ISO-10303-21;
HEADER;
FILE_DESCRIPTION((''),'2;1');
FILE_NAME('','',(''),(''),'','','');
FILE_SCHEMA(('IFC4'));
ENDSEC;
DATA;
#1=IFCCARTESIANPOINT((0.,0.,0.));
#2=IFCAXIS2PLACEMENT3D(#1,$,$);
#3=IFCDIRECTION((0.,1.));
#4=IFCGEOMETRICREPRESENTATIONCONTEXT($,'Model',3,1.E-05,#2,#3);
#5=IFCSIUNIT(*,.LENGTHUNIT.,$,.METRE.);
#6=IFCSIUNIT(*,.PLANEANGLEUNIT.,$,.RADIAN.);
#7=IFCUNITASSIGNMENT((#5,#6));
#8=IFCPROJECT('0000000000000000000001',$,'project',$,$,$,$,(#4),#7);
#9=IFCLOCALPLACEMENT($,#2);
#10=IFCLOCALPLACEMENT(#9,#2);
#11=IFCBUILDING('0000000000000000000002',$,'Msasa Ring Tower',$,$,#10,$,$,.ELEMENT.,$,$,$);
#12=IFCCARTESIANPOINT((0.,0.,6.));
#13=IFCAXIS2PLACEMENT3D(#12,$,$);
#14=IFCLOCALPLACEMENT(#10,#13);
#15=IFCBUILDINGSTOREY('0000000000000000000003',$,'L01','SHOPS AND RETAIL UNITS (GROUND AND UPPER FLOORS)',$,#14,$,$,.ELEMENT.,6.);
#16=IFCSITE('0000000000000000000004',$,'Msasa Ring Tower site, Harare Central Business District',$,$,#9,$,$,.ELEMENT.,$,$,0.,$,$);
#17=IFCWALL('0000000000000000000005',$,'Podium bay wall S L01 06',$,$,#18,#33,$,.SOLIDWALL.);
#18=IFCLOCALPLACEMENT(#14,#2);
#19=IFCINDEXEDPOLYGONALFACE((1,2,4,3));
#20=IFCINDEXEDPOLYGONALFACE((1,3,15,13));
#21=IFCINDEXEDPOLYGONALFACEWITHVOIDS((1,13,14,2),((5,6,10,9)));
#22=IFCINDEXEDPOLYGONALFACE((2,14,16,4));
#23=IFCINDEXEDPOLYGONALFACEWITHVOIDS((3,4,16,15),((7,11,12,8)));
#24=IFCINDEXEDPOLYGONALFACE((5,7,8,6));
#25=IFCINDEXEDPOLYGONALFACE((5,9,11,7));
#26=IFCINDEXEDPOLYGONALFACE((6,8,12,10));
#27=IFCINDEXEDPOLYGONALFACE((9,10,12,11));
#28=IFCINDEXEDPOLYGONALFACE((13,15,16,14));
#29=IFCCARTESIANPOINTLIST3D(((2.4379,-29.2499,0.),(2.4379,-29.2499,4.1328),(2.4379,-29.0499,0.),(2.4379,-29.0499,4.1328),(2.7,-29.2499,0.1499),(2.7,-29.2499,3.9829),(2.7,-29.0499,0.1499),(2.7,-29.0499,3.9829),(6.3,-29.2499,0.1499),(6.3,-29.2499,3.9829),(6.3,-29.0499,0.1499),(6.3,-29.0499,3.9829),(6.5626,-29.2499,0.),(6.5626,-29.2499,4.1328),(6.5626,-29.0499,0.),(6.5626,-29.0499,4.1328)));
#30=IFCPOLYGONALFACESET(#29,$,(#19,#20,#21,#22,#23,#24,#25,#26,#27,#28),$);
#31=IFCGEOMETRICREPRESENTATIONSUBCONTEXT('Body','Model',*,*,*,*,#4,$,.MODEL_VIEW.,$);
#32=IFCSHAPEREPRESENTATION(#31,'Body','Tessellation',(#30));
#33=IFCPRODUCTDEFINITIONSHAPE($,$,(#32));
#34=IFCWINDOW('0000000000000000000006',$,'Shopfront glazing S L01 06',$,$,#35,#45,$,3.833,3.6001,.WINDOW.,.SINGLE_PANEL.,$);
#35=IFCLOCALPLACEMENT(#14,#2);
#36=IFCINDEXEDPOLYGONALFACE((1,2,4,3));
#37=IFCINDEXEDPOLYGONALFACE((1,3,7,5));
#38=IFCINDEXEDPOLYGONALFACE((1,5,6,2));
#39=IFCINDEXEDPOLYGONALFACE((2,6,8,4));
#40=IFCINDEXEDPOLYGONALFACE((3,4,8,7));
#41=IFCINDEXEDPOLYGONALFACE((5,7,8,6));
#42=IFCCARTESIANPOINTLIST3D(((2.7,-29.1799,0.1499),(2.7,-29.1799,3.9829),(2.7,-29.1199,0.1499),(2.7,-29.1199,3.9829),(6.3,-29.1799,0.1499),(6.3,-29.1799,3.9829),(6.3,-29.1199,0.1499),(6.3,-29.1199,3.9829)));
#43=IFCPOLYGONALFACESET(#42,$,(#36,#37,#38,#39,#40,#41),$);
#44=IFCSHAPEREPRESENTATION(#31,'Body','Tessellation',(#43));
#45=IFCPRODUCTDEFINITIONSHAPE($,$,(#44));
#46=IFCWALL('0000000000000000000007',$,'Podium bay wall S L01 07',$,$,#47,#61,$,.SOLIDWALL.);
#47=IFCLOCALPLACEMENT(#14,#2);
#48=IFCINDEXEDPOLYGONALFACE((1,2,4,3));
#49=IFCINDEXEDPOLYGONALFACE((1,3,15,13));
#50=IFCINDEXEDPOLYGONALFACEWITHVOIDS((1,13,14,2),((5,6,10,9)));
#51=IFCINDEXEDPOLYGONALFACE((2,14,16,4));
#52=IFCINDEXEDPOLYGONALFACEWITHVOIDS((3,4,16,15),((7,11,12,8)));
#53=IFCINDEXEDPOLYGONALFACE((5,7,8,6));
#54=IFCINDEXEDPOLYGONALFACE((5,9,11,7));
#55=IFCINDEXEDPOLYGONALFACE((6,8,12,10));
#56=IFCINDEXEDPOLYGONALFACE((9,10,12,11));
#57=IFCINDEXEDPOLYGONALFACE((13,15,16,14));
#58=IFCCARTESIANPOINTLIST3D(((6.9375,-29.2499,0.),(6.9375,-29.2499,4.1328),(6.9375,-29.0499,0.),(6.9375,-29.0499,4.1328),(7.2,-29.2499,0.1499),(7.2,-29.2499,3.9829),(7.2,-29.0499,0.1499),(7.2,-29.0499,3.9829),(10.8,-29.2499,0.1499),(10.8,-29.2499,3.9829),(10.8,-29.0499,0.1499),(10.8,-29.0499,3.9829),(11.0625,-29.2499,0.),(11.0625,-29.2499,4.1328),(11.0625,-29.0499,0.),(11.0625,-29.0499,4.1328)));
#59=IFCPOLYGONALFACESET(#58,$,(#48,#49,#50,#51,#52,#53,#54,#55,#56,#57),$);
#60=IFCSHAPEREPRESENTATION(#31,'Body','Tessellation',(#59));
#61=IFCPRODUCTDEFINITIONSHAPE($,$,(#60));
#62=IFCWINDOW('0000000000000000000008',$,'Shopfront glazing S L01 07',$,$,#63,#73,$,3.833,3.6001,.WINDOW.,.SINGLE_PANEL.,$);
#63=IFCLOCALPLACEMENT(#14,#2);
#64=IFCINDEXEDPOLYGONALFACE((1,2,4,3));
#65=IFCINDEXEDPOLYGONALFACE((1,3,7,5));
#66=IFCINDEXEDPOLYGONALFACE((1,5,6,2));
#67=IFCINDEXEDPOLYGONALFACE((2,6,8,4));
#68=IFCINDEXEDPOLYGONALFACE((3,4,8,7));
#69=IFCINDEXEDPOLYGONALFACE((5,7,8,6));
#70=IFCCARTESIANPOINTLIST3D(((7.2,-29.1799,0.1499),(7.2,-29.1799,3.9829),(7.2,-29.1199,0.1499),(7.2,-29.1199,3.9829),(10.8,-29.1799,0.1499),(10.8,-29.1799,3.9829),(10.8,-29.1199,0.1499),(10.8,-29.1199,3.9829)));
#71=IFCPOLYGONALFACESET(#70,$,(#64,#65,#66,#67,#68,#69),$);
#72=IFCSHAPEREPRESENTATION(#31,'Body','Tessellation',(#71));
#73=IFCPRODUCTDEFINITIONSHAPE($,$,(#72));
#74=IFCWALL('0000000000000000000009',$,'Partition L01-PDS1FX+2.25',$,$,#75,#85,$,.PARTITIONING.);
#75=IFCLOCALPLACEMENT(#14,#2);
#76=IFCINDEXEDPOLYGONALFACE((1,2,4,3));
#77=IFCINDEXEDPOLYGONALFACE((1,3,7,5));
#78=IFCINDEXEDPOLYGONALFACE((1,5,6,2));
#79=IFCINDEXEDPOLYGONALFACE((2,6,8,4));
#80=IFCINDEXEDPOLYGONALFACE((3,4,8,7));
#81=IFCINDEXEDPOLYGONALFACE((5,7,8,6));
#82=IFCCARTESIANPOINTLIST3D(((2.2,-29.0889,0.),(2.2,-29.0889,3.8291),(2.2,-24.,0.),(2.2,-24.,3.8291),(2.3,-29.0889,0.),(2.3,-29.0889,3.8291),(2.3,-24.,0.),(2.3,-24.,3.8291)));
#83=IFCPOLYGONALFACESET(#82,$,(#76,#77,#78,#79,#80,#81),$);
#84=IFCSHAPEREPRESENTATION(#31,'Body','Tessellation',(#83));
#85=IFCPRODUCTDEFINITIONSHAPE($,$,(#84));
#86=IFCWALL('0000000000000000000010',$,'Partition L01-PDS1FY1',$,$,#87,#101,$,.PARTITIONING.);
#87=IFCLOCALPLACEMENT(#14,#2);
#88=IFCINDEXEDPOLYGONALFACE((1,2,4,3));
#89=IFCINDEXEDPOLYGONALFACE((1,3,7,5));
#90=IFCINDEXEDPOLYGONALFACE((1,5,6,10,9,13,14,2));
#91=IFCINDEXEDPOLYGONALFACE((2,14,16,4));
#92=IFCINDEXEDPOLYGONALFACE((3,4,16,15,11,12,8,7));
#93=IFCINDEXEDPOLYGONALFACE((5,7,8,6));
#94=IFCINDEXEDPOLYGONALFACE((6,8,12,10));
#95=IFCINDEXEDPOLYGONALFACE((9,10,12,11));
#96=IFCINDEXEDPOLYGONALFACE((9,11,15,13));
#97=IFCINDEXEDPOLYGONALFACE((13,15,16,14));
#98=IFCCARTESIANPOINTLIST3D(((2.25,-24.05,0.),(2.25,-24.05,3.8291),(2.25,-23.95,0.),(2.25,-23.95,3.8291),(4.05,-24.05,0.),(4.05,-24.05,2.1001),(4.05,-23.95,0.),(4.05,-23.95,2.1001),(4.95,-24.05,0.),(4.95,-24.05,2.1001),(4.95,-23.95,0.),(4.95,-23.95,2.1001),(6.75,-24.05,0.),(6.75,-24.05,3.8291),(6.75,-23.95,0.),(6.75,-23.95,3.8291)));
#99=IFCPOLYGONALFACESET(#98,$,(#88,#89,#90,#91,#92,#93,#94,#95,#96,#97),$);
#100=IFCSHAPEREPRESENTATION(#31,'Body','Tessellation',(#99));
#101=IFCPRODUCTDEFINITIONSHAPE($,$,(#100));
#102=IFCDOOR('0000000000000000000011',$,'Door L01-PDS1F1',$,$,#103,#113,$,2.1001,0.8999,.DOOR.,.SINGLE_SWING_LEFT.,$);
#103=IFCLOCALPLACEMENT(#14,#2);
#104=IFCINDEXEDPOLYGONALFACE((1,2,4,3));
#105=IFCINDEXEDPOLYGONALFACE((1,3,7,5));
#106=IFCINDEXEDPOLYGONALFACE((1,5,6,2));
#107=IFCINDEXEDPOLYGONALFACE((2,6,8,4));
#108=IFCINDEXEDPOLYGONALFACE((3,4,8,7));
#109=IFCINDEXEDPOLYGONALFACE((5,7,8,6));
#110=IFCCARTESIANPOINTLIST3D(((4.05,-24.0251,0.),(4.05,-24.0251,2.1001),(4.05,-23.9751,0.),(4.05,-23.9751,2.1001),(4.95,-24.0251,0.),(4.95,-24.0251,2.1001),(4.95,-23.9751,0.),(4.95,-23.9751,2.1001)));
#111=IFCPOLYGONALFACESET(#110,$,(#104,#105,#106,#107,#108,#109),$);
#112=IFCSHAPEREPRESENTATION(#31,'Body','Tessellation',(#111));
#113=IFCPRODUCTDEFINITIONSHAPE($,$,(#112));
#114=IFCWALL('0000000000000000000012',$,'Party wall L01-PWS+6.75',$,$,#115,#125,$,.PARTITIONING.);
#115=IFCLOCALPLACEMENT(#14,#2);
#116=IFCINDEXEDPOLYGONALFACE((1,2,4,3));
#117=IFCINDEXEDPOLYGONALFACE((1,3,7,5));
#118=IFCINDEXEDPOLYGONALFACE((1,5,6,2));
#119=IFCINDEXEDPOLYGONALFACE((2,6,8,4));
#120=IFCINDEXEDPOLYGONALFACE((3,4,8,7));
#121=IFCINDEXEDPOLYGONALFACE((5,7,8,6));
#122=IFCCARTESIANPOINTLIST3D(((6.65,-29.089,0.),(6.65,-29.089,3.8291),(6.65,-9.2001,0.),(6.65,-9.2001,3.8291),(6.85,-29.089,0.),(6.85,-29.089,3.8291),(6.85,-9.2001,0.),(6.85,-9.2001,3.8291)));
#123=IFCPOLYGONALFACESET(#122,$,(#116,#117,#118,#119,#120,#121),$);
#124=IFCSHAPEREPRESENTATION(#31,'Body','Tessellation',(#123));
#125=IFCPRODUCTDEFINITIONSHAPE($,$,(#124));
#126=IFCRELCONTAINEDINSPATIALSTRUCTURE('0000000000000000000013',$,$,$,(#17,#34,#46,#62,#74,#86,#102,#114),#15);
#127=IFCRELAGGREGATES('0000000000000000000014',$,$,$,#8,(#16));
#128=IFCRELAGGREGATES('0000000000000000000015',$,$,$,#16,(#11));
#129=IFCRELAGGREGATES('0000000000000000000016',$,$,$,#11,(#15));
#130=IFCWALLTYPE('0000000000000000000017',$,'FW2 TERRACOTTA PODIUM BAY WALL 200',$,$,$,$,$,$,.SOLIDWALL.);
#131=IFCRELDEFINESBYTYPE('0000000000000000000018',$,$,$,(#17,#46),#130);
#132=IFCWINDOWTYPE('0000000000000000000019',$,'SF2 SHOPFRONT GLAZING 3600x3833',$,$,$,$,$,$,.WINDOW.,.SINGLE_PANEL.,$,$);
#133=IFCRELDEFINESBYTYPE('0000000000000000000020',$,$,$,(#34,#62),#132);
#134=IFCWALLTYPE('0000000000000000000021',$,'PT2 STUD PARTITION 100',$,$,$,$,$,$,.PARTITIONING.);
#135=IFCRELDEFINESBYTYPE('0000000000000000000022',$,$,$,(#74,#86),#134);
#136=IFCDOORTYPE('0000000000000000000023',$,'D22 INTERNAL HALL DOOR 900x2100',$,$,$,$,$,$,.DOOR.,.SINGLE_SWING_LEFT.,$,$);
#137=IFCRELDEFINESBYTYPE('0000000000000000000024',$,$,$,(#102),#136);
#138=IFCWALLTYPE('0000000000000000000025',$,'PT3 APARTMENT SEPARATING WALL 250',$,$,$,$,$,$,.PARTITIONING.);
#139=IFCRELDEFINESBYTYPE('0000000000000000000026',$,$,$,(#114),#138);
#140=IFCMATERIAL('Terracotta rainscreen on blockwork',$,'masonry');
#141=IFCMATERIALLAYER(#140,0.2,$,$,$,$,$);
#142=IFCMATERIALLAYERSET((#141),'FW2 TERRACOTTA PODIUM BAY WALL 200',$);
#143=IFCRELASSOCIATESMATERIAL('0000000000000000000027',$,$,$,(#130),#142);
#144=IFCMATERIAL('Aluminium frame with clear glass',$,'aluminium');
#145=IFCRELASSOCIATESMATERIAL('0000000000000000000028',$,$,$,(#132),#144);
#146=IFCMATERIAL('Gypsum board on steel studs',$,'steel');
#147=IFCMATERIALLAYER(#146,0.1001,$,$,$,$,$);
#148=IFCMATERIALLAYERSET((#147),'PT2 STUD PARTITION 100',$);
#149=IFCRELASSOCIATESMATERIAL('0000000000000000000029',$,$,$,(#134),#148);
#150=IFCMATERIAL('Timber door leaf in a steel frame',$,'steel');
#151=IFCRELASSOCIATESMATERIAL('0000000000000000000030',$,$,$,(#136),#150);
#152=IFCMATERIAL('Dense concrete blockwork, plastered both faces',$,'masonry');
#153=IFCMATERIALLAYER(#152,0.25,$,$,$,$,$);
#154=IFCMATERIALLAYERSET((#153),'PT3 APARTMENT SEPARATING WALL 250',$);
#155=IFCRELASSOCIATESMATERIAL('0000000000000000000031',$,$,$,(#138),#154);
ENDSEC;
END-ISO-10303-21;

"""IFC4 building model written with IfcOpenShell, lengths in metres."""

from ifc_helpers import new_model, si_unit, direction, frame, frame_2d, origin, place, context, subcontext, project, spatial, rectangle, extrude, material, layer, layer_set, type_object, element, fill, save


model = new_model("IFC4")

# Units and contexts
model_context = context("Model", 3, precision=1e-05, world=origin(), true_north=direction((0.0, 1.0)))
body_context = subcontext(model_context, "Body", "Model", "MODEL_VIEW")
ifc_project = project(units=[si_unit("LENGTHUNIT", "METRE"), si_unit("PLANEANGLEUNIT", "RADIAN")], contexts=[model_context])

# Site, building, storey
site_placement = place(None, origin())
site = spatial("IfcSite", under=ifc_project, at=site_placement, Name="Msasa Ring Tower site, Harare Central Business District", CompositionType="ELEMENT", RefElevation=0.0)
building_placement = place(site_placement, origin())
building = spatial("IfcBuilding", under=site, at=building_placement, Name="Msasa Ring Tower", CompositionType="ELEMENT")
storey_placement = place(building_placement, frame((0.0, 0.0, 6.0)))
storey = spatial("IfcBuildingStorey", under=building, at=storey_placement, Name="L01", Description="SHOPS AND RETAIL UNITS (GROUND AND UPPER FLOORS)", CompositionType="ELEMENT", Elevation=6.0)

# Walls, openings, windows
ifc_material_1 = material(Name="Terracotta rainscreen on blockwork", Category="masonry")
ifc_layer_1 = layer(ifc_material_1, 0.2)
ifc_layer_set_1 = layer_set([ifc_layer_1], Name="FW2 TERRACOTTA PODIUM BAY WALL 200")
wall_type_1 = type_object("IfcWallType", Name="FW2 TERRACOTTA PODIUM BAY WALL 200", PredefinedType="SOLIDWALL", material=ifc_layer_set_1)
wall_1_placement = place(storey_placement, frame((2.4377, -29.1499, 0.0), z_axis=(0.0, 0.0, 1.0), x_axis=(1.0, 0.0, 0.0)))
wall_1 = element("IfcWall", 1, at=wall_1_placement, inside=storey, type_object=wall_type_1, Name="Podium bay wall S L01 06", PredefinedType="SOLIDWALL", context=body_context, shape_type="SweptSolid", body=[
    extrude(rectangle(XDim=4.1248, YDim=0.2, at=frame_2d((2.0625, 0.0))), origin(), (0.0, 0.0, 1.0), 4.1328),
])
opening_1_placement = place(wall_1_placement, frame((0.2622, 0.0, 0.1499)))
opening_1 = element("IfcOpeningElement", 2, at=opening_1_placement, cuts=wall_1, PredefinedType="OPENING", context=body_context, shape_type="SweptSolid", body=[
    extrude(rectangle(XDim=3.6001, YDim=3.833, at=frame_2d((1.8, 1.9165))), frame((0.0, 0.1099, 0.0), z_axis=(0.0, -1.0, 0.0), x_axis=(1.0, 0.0, 0.0)), (0.0, 0.0, 1.0), 0.22),
])
ifc_material_2 = material(Name="Aluminium frame with clear glass", Category="aluminium")
window_type = type_object("IfcWindowType", Name="SF2 SHOPFRONT GLAZING 3600x3833", PartitioningType="SINGLE_PANEL", PredefinedType="WINDOW", material=ifc_material_2)
window_1_placement = place(opening_1_placement, origin())
window_1 = element("IfcWindow", 3, at=window_1_placement, inside=storey, type_object=window_type, Name="Shopfront glazing S L01 06", OverallHeight=3.833, OverallWidth=3.6001, PartitioningType="SINGLE_PANEL", PredefinedType="WINDOW", context=body_context, shape_type="SweptSolid", body=[
    extrude(rectangle(XDim=3.6001, YDim=3.833, at=frame_2d((1.8, 1.9165))), frame((0.0, 0.03, 0.0), z_axis=(0.0, -1.0, 0.0), x_axis=(1.0, 0.0, 0.0)), (0.0, 0.0, 1.0), 0.0601),
])
fill(opening_1, window_1)
wall_2_placement = place(storey_placement, frame((6.9375, -29.1499, 0.0), z_axis=(0.0, 0.0, 1.0), x_axis=(1.0, 0.0, 0.0)))
wall_2 = element("IfcWall", 4, at=wall_2_placement, inside=storey, type_object=wall_type_1, Name="Podium bay wall S L01 07", PredefinedType="SOLIDWALL", context=body_context, shape_type="SweptSolid", body=[
    extrude(rectangle(XDim=4.125, YDim=0.2, at=frame_2d((2.0625, 0.0))), origin(), (0.0, 0.0, 1.0), 4.1328),
])
opening_2_placement = place(wall_2_placement, frame((0.2625, 0.0, 0.1499)))
opening_2 = element("IfcOpeningElement", 5, at=opening_2_placement, cuts=wall_2, PredefinedType="OPENING", context=body_context, shape_type="SweptSolid", body=[
    extrude(rectangle(XDim=3.6001, YDim=3.833, at=frame_2d((1.8, 1.9165))), frame((0.0, 0.1099, 0.0), z_axis=(0.0, -1.0, 0.0), x_axis=(1.0, 0.0, 0.0)), (0.0, 0.0, 1.0), 0.22),
])
window_2_placement = place(opening_2_placement, origin())
window_2 = element("IfcWindow", 6, at=window_2_placement, inside=storey, type_object=window_type, Name="Shopfront glazing S L01 07", OverallHeight=3.833, OverallWidth=3.6001, PartitioningType="SINGLE_PANEL", PredefinedType="WINDOW", context=body_context, shape_type="SweptSolid", body=[
    extrude(rectangle(XDim=3.6001, YDim=3.833, at=frame_2d((1.8, 1.9165))), frame((0.0, 0.03, 0.0), z_axis=(0.0, -1.0, 0.0), x_axis=(1.0, 0.0, 0.0)), (0.0, 0.0, 1.0), 0.0601),
])
fill(opening_2, window_2)

# Wall
ifc_material_3 = material(Name="Gypsum board on steel studs", Category="steel")
ifc_layer_2 = layer(ifc_material_3, 0.1001)
ifc_layer_set_2 = layer_set([ifc_layer_2], Name="PT2 STUD PARTITION 100")
wall_type_2 = type_object("IfcWallType", Name="PT2 STUD PARTITION 100", PredefinedType="PARTITIONING", material=ifc_layer_set_2)
wall_3_placement = place(storey_placement, frame((2.25, -29.0889, 0.0), z_axis=(0.0, 0.0, 1.0), x_axis=(0.0, 1.0, 0.0)))
element("IfcWall", 7, at=wall_3_placement, inside=storey, type_object=wall_type_2, Name="Partition L01-PDS1FX+2.25", PredefinedType="PARTITIONING", context=body_context, shape_type="SweptSolid", body=[
    extrude(rectangle(XDim=5.0889, YDim=0.1001, at=frame_2d((2.5444, 0.0))), origin(), (0.0, 0.0, 1.0), 3.8291),
])

# Wall, opening, door
wall_4_placement = place(storey_placement, frame((2.25, -24.0, 0.0), z_axis=(0.0, 0.0, 1.0), x_axis=(1.0, 0.0, 0.0)))
wall_4 = element("IfcWall", 8, at=wall_4_placement, inside=storey, type_object=wall_type_2, Name="Partition L01-PDS1FY1", PredefinedType="PARTITIONING", context=body_context, shape_type="SweptSolid", body=[
    extrude(rectangle(XDim=4.5, YDim=0.1001, at=frame_2d((2.25, 0.0))), origin(), (0.0, 0.0, 1.0), 3.8291),
])
opening_3_placement = place(wall_4_placement, frame((1.8, 0.0, 0.0)))
opening_3 = element("IfcOpeningElement", 9, at=opening_3_placement, cuts=wall_4, PredefinedType="OPENING", context=body_context, shape_type="SweptSolid", body=[
    extrude(rectangle(XDim=0.8999, YDim=2.1001, at=frame_2d((0.45, 1.05))), frame((0.0, 0.0601, 0.0), z_axis=(0.0, -1.0, 0.0), x_axis=(1.0, 0.0, 0.0)), (0.0, 0.0, 1.0), 0.1201),
])
ifc_material_4 = material(Name="Timber door leaf in a steel frame", Category="steel")
door_type = type_object("IfcDoorType", Name="D22 INTERNAL HALL DOOR 900x2100", OperationType="SINGLE_SWING_LEFT", PredefinedType="DOOR", material=ifc_material_4)
door_placement = place(opening_3_placement, origin())
door = element("IfcDoor", 10, at=door_placement, inside=storey, type_object=door_type, Name="Door L01-PDS1F1", OperationType="SINGLE_SWING_LEFT", OverallHeight=2.1001, OverallWidth=0.8999, PredefinedType="DOOR", context=body_context, shape_type="SweptSolid", body=[
    extrude(rectangle(XDim=0.8999, YDim=2.1001, at=frame_2d((0.45, 1.05))), frame((0.0, 0.0249, 0.0), z_axis=(0.0, -1.0, 0.0), x_axis=(1.0, 0.0, 0.0)), (0.0, 0.0, 1.0), 0.05),
])
fill(opening_3, door)

# Wall
ifc_material_5 = material(Name="Dense concrete blockwork, plastered both faces", Category="masonry")
ifc_layer_3 = layer(ifc_material_5, 0.25)
ifc_layer_set_3 = layer_set([ifc_layer_3], Name="PT3 APARTMENT SEPARATING WALL 250")
wall_type_3 = type_object("IfcWallType", Name="PT3 APARTMENT SEPARATING WALL 250", PredefinedType="PARTITIONING", material=ifc_layer_set_3)
wall_5_placement = place(storey_placement, frame((6.75, -29.0889, 0.0), z_axis=(0.0, 0.0, 1.0), x_axis=(0.0, 1.0, 0.0)))
element("IfcWall", 11, at=wall_5_placement, inside=storey, type_object=wall_type_3, Name="Party wall L01-PWS+6.75", PredefinedType="PARTITIONING", context=body_context, shape_type="SweptSolid", body=[
    extrude(rectangle(XDim=19.8889, YDim=0.2, at=frame_2d((9.9443, 0.0))), origin(), (0.0, 0.0, 1.0), 3.8291),
])

save(model, "model.ifc")
